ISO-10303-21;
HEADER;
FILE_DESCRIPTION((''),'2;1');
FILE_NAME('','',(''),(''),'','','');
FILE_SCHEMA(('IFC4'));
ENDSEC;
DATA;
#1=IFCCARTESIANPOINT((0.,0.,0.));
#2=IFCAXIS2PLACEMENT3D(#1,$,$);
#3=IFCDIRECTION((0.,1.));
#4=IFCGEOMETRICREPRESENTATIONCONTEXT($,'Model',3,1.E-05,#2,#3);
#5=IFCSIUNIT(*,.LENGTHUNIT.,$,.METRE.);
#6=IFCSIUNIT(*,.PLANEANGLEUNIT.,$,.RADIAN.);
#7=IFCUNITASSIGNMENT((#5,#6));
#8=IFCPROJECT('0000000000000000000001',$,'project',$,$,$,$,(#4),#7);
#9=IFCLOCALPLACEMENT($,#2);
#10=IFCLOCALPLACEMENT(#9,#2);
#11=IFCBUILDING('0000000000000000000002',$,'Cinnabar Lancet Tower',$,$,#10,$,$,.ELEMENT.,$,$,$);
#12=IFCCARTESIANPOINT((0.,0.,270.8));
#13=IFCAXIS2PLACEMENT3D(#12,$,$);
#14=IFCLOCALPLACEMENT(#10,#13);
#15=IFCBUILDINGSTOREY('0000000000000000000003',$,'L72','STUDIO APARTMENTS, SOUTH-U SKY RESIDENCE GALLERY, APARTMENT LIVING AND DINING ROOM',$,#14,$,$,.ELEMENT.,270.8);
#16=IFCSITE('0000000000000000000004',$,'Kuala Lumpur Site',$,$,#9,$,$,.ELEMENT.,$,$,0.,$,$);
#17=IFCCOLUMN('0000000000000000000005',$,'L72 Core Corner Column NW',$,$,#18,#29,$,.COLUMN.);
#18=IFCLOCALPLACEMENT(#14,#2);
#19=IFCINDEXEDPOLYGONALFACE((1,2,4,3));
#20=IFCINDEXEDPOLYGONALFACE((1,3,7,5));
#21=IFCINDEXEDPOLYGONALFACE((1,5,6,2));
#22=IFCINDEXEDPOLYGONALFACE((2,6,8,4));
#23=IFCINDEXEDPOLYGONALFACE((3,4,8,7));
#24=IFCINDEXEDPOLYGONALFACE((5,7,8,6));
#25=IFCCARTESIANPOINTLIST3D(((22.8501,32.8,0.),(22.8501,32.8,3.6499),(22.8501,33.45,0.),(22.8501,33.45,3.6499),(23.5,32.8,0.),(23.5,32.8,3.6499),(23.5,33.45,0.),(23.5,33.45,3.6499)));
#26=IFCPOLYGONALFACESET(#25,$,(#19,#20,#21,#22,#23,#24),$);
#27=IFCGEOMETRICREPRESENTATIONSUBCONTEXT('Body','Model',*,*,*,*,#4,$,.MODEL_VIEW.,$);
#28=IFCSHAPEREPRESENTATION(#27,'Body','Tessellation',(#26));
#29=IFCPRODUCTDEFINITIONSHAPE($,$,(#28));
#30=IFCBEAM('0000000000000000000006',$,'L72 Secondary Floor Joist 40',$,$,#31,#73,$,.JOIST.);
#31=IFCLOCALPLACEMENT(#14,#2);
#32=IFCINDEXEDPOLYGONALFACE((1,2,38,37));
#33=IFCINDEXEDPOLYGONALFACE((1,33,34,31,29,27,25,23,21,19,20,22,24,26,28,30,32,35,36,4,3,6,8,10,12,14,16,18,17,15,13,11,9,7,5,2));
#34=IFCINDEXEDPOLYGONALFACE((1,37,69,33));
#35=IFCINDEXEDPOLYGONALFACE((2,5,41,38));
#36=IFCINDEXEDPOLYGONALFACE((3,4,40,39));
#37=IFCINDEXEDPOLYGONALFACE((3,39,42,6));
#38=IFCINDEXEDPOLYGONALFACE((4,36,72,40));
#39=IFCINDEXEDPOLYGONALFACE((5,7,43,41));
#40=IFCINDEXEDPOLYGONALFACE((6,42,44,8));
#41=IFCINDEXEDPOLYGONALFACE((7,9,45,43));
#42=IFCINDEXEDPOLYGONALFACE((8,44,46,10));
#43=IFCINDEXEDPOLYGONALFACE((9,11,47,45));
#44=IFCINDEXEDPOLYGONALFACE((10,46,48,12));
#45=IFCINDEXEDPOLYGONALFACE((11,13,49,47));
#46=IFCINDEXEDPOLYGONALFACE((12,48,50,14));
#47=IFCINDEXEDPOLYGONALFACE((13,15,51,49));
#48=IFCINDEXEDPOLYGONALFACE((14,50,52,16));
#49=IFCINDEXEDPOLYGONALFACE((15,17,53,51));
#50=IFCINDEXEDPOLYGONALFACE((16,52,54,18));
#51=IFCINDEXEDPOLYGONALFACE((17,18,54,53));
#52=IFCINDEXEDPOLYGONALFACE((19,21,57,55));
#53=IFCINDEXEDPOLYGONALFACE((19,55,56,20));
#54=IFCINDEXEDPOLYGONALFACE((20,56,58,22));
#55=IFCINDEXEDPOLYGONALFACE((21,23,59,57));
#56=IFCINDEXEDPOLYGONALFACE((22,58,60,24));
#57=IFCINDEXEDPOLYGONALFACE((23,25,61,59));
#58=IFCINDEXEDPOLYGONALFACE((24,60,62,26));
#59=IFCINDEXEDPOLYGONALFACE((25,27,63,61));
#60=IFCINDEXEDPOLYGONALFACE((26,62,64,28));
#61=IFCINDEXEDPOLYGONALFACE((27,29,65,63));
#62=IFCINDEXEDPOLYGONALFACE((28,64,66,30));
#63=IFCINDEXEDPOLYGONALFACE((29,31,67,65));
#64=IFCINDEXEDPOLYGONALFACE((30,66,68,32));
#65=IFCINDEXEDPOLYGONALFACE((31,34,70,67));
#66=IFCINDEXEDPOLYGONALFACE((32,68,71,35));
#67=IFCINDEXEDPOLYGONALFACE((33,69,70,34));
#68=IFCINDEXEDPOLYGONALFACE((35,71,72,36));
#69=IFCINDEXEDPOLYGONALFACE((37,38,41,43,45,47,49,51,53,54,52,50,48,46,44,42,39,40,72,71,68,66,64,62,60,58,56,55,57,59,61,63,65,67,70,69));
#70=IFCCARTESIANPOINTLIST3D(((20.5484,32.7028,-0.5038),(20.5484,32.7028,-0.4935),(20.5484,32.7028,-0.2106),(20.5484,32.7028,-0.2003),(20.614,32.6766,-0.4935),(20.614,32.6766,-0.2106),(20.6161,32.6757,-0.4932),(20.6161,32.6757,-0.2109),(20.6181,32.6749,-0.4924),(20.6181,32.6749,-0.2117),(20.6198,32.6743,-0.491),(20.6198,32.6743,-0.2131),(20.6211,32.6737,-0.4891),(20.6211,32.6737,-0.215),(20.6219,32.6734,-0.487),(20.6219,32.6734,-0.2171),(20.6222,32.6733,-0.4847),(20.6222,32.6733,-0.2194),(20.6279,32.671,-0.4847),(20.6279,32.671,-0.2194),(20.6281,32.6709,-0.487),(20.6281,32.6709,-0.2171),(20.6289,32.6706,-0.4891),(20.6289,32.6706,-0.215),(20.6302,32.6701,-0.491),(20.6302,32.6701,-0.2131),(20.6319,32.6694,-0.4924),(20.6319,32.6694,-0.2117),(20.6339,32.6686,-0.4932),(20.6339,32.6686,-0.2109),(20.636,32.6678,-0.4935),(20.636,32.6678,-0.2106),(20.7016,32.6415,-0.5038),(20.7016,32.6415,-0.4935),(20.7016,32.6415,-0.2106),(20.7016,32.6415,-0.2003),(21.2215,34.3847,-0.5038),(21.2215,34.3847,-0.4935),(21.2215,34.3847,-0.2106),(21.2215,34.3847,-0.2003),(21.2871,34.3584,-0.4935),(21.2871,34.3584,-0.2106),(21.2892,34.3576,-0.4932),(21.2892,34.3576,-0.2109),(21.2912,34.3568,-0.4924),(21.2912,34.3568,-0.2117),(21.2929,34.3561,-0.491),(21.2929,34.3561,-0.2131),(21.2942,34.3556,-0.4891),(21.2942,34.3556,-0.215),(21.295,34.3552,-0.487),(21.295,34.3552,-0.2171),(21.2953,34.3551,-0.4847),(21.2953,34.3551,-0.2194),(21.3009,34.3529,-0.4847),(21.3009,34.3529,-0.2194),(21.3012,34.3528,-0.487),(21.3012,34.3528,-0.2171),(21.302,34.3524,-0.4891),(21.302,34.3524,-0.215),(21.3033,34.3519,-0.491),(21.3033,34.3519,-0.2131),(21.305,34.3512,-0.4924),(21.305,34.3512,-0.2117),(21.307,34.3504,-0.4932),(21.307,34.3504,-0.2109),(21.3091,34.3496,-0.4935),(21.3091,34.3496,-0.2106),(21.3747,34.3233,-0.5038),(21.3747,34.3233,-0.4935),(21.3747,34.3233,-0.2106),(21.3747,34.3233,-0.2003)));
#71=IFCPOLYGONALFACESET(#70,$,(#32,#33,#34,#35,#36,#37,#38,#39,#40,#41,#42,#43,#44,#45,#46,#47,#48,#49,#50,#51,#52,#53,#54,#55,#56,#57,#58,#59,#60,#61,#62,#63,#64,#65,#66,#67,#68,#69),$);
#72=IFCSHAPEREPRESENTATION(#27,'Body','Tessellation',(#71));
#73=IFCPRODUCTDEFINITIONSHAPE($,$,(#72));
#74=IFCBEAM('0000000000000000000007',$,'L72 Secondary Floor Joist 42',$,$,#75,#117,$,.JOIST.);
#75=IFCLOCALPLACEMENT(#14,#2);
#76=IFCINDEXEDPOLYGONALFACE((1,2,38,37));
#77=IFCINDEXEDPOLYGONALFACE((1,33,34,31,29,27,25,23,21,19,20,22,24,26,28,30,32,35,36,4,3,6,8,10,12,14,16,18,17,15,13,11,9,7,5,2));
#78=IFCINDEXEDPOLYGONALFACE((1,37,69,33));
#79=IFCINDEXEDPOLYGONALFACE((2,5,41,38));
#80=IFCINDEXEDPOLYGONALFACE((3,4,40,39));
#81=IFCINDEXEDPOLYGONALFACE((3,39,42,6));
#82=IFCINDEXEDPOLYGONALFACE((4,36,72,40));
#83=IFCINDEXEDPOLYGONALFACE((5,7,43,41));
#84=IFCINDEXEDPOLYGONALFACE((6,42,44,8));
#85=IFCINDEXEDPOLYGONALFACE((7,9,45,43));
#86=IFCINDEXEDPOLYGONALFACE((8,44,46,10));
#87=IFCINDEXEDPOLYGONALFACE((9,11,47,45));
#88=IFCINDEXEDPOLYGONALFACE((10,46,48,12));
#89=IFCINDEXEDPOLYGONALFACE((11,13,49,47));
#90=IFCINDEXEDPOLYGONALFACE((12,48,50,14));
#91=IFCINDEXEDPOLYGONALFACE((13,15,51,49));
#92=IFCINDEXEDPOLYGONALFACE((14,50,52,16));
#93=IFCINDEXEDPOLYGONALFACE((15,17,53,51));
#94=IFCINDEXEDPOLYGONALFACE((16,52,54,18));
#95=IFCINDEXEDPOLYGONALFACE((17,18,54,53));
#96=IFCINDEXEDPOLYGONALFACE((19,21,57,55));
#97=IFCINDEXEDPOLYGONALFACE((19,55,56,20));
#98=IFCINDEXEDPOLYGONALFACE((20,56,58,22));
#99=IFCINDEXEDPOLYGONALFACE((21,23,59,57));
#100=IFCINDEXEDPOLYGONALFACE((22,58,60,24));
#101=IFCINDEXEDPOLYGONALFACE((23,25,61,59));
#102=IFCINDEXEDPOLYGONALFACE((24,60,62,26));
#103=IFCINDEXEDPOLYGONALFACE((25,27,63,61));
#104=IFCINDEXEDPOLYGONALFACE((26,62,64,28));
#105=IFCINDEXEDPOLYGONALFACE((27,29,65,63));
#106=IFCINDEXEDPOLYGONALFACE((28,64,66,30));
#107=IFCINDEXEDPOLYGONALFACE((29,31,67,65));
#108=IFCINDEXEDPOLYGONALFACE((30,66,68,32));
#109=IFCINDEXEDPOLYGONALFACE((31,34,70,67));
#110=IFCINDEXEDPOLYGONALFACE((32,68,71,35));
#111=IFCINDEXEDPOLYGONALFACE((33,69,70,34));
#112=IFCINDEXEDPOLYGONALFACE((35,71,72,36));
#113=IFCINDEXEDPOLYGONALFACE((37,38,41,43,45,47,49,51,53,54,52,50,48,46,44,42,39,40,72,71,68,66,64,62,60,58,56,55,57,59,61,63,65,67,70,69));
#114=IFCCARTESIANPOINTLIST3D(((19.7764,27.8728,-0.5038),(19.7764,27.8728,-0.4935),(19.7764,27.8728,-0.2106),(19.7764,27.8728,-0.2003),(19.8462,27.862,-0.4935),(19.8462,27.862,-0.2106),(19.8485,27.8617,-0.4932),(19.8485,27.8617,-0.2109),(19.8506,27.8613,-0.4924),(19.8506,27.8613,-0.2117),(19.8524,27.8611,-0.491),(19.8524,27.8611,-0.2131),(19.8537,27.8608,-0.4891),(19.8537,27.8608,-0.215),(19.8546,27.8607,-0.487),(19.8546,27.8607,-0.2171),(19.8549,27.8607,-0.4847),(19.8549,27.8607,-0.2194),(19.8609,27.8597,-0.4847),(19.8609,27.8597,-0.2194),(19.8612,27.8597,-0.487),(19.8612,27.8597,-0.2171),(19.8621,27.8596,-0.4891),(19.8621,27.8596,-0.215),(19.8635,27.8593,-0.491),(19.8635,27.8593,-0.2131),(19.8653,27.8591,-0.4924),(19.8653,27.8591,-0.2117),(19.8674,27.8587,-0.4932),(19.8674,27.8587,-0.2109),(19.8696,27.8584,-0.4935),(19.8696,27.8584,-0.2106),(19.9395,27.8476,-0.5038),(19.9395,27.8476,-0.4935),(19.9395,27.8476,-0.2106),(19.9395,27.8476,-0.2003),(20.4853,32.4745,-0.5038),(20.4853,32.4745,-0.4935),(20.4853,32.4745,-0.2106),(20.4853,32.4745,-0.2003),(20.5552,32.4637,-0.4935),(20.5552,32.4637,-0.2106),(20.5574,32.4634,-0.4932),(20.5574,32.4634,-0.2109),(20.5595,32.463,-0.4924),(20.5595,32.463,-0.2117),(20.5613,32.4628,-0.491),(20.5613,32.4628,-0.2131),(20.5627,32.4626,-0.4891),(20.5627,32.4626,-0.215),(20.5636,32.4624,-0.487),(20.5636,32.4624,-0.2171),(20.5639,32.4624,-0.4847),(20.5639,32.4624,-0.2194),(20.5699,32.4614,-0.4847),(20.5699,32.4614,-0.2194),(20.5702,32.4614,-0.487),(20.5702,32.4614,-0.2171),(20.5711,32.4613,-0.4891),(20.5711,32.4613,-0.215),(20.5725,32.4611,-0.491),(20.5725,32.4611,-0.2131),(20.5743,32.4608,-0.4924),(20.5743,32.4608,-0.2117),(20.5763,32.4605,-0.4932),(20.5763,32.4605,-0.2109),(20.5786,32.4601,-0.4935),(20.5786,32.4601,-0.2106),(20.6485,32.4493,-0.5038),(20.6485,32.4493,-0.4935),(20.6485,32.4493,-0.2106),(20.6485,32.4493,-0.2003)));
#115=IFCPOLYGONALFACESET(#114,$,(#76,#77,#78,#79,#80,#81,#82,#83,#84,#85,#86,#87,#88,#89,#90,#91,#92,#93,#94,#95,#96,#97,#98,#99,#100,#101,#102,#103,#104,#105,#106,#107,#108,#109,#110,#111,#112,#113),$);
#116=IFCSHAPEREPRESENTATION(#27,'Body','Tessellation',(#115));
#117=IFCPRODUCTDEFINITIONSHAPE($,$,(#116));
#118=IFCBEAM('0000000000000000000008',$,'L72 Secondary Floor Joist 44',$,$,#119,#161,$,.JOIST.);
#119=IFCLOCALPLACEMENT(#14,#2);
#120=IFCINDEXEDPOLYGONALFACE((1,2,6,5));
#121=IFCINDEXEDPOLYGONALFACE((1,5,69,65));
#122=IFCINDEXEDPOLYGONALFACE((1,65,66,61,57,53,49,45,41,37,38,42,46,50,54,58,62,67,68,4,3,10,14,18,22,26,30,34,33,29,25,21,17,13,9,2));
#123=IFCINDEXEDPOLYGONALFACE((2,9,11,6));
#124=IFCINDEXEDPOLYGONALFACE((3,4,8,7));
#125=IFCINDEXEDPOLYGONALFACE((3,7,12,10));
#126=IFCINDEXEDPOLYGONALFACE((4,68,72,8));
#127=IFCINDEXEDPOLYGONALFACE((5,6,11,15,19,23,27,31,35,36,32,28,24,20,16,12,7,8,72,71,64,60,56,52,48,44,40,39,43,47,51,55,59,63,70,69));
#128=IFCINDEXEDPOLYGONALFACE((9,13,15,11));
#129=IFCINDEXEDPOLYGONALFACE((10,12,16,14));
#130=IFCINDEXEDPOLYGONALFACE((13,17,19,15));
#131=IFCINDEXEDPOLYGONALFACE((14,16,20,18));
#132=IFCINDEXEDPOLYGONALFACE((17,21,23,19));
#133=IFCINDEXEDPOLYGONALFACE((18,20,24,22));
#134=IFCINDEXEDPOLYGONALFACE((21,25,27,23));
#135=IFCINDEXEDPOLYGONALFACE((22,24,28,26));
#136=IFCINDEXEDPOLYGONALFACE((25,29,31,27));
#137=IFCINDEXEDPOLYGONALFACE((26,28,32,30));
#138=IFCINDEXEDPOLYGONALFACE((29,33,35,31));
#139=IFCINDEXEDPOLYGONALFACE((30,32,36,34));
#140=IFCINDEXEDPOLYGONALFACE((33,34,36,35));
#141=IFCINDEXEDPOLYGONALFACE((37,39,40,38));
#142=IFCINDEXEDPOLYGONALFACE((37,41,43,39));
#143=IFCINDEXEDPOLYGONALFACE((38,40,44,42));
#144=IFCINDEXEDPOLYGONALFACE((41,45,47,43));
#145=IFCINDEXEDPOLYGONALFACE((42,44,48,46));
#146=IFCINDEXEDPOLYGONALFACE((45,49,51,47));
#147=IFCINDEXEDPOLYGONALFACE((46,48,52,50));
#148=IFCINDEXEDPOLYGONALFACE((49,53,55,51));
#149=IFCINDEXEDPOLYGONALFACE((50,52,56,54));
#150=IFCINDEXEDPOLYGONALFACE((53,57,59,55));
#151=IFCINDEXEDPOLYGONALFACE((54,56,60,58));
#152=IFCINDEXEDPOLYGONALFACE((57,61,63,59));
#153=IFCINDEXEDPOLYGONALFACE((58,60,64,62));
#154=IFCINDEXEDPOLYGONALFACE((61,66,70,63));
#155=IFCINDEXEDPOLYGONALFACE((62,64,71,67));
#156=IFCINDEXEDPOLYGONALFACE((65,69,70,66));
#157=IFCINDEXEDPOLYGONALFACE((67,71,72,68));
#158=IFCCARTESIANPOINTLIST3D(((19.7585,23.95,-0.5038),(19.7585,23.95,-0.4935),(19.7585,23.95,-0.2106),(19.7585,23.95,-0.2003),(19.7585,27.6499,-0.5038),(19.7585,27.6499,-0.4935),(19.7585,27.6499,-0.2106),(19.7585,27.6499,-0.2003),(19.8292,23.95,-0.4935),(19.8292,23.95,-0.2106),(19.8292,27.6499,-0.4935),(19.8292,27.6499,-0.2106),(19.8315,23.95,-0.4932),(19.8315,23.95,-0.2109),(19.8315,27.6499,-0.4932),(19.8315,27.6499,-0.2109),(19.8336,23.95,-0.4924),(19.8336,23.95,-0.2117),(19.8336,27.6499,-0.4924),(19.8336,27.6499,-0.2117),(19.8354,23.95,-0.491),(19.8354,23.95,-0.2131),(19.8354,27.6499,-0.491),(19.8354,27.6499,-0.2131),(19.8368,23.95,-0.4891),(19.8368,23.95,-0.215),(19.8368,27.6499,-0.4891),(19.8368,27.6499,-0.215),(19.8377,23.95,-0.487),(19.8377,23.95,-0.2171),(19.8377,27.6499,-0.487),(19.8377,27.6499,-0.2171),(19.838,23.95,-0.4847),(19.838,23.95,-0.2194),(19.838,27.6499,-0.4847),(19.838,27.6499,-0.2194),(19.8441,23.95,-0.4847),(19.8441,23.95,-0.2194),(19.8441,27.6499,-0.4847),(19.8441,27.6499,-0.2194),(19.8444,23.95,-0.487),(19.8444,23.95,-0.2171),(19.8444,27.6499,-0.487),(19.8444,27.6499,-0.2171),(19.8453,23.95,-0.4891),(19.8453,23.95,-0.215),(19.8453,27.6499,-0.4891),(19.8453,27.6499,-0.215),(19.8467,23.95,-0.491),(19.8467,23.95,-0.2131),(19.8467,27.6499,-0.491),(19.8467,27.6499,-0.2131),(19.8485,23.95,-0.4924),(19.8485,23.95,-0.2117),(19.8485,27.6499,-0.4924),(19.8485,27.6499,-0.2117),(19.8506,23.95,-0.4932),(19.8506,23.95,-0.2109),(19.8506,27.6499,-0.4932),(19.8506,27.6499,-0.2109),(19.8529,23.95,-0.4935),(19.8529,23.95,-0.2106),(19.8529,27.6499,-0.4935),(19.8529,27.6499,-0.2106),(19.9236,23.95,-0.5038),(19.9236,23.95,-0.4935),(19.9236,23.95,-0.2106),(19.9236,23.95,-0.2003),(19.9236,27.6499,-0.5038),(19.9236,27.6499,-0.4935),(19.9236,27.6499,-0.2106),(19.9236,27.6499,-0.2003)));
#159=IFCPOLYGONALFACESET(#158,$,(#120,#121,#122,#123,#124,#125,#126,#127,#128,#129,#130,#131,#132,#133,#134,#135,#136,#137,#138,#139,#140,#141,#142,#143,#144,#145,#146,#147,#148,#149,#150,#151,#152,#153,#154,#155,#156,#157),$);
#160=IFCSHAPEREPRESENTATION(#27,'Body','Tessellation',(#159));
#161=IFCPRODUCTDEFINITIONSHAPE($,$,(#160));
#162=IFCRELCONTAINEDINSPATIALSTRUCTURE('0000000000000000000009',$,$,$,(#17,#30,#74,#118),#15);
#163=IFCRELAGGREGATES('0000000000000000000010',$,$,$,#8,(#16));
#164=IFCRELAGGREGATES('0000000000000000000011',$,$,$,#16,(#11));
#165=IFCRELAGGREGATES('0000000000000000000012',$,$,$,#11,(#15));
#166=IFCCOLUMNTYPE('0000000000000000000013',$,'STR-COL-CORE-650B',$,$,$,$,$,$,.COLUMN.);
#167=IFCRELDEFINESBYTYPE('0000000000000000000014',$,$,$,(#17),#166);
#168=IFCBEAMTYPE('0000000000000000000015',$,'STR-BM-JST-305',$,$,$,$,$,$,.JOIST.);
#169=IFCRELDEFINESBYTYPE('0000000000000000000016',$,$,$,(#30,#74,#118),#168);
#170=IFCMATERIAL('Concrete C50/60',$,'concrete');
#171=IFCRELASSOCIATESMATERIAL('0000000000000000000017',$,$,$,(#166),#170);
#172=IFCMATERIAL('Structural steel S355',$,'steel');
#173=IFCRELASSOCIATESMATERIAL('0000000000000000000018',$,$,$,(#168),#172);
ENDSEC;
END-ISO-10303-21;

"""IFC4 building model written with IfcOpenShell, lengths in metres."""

from ifc_helpers import new_model, si_unit, direction, frame, origin, origin_2d, place, context, subcontext, project, spatial, rectangle, i_section, extrude, material, material_profile, profile_set, type_object, element, save


model = new_model("IFC4")

# Units and contexts
model_context = context("Model", 3, precision=1e-05, world=origin(), true_north=direction((0.0, 1.0)))
body_context = subcontext(model_context, "Body", "Model", "MODEL_VIEW")
ifc_project = project(units=[si_unit("LENGTHUNIT", "METRE"), si_unit("PLANEANGLEUNIT", "RADIAN")], contexts=[model_context])

# Site, building, storey
site_placement = place(None, origin())
site = spatial("IfcSite", under=ifc_project, at=site_placement, Name="Kuala Lumpur Site", CompositionType="ELEMENT", RefElevation=0.0)
building_placement = place(site_placement, origin())
building = spatial("IfcBuilding", under=site, at=building_placement, Name="Cinnabar Lancet Tower", CompositionType="ELEMENT")
storey_placement = place(building_placement, frame((0.0, 0.0, 270.8)))
storey = spatial("IfcBuildingStorey", under=building, at=storey_placement, Name="L72", Description="STUDIO APARTMENTS, SOUTH-U SKY RESIDENCE GALLERY, APARTMENT LIVING AND DINING ROOM", CompositionType="ELEMENT", Elevation=270.8)

# Column
ifc_material_1 = material(Name="Concrete C50/60", Category="concrete")
ifc_material_profile_1 = material_profile(ifc_material_1, rectangle(XDim=0.6499, YDim=0.6499, at=origin_2d()), Name="RC-COL 650x650")
ifc_profile_set_1 = profile_set([ifc_material_profile_1], Name="Concrete C50/60")
column_type = type_object("IfcColumnType", Name="STR-COL-CORE-650B", PredefinedType="COLUMN", material=ifc_profile_set_1)
column_placement = place(storey_placement, frame((23.175, 33.125, 0.0), z_axis=(0.0, 0.0, 1.0), x_axis=(1.0, 0.0, 0.0)))
element("IfcColumn", 1, at=column_placement, inside=storey, type_object=column_type, Name="L72 Core Corner Column NW", PredefinedType="COLUMN", context=body_context, shape_type="SweptSolid", body=[
    extrude(rectangle(XDim=0.6499, YDim=0.6499, at=origin_2d()), origin(), (0.0, 0.0, 1.0), 3.6499),
])

# Beams
ifc_material_2 = material(Name="Structural steel S355", Category="steel")
ifc_material_profile_2 = material_profile(ifc_material_2, i_section(OverallWidth=0.165, OverallDepth=0.3035, WebThickness=0.0061, FlangeThickness=0.0103, FilletRadius=0.0088, at=origin_2d()), Name="UKB 305x165x40")
ifc_profile_set_2 = profile_set([ifc_material_profile_2], Name="Structural steel S355")
beam_type_1 = type_object("IfcBeamType", Name="STR-BM-JST-305", PredefinedType="JOIST", material=ifc_profile_set_2)
beam_1_placement = place(storey_placement, frame((21.2981, 34.354, -0.3521), z_axis=(-0.371553, -0.928412, 0.0), x_axis=(0.928412, -0.371553, 0.0)))
element("IfcBeam", 2, at=beam_1_placement, inside=storey, type_object=beam_type_1, Name="L72 Secondary Floor Joist 40", PredefinedType="JOIST", context=body_context, shape_type="SweptSolid", body=[
    extrude(i_section(OverallWidth=0.165, OverallDepth=0.3035, WebThickness=0.0061, FlangeThickness=0.0103, FilletRadius=0.0088, at=origin_2d()), origin(), (0.0, 0.0, 1.0), 1.8115),
])
beam_2_placement = place(storey_placement, frame((20.5669, 32.4619, -0.3521), z_axis=(-0.15227, -0.988339, 0.0), x_axis=(0.988339, -0.15227, 0.0)))
element("IfcBeam", 3, at=beam_2_placement, inside=storey, type_object=beam_type_1, Name="L72 Secondary Floor Joist 42", PredefinedType="JOIST", context=body_context, shape_type="SweptSolid", body=[
    extrude(i_section(OverallWidth=0.165, OverallDepth=0.3035, WebThickness=0.0061, FlangeThickness=0.0103, FilletRadius=0.0088, at=origin_2d()), origin(), (0.0, 0.0, 1.0), 4.656),
])
beam_3_placement = place(storey_placement, frame((19.8411, 27.6499, -0.3521), z_axis=(0.0, -1.0, 0.0), x_axis=(1.0, 0.0, 0.0)))
element("IfcBeam", 4, at=beam_3_placement, inside=storey, type_object=beam_type_1, Name="L72 Secondary Floor Joist 44", PredefinedType="JOIST", context=body_context, shape_type="SweptSolid", body=[
    extrude(i_section(OverallWidth=0.165, OverallDepth=0.3035, WebThickness=0.0061, FlangeThickness=0.0103, FilletRadius=0.0088, at=origin_2d()), origin(), (0.0, 0.0, 1.0), 3.7),
])

save(model, "model.ifc")
